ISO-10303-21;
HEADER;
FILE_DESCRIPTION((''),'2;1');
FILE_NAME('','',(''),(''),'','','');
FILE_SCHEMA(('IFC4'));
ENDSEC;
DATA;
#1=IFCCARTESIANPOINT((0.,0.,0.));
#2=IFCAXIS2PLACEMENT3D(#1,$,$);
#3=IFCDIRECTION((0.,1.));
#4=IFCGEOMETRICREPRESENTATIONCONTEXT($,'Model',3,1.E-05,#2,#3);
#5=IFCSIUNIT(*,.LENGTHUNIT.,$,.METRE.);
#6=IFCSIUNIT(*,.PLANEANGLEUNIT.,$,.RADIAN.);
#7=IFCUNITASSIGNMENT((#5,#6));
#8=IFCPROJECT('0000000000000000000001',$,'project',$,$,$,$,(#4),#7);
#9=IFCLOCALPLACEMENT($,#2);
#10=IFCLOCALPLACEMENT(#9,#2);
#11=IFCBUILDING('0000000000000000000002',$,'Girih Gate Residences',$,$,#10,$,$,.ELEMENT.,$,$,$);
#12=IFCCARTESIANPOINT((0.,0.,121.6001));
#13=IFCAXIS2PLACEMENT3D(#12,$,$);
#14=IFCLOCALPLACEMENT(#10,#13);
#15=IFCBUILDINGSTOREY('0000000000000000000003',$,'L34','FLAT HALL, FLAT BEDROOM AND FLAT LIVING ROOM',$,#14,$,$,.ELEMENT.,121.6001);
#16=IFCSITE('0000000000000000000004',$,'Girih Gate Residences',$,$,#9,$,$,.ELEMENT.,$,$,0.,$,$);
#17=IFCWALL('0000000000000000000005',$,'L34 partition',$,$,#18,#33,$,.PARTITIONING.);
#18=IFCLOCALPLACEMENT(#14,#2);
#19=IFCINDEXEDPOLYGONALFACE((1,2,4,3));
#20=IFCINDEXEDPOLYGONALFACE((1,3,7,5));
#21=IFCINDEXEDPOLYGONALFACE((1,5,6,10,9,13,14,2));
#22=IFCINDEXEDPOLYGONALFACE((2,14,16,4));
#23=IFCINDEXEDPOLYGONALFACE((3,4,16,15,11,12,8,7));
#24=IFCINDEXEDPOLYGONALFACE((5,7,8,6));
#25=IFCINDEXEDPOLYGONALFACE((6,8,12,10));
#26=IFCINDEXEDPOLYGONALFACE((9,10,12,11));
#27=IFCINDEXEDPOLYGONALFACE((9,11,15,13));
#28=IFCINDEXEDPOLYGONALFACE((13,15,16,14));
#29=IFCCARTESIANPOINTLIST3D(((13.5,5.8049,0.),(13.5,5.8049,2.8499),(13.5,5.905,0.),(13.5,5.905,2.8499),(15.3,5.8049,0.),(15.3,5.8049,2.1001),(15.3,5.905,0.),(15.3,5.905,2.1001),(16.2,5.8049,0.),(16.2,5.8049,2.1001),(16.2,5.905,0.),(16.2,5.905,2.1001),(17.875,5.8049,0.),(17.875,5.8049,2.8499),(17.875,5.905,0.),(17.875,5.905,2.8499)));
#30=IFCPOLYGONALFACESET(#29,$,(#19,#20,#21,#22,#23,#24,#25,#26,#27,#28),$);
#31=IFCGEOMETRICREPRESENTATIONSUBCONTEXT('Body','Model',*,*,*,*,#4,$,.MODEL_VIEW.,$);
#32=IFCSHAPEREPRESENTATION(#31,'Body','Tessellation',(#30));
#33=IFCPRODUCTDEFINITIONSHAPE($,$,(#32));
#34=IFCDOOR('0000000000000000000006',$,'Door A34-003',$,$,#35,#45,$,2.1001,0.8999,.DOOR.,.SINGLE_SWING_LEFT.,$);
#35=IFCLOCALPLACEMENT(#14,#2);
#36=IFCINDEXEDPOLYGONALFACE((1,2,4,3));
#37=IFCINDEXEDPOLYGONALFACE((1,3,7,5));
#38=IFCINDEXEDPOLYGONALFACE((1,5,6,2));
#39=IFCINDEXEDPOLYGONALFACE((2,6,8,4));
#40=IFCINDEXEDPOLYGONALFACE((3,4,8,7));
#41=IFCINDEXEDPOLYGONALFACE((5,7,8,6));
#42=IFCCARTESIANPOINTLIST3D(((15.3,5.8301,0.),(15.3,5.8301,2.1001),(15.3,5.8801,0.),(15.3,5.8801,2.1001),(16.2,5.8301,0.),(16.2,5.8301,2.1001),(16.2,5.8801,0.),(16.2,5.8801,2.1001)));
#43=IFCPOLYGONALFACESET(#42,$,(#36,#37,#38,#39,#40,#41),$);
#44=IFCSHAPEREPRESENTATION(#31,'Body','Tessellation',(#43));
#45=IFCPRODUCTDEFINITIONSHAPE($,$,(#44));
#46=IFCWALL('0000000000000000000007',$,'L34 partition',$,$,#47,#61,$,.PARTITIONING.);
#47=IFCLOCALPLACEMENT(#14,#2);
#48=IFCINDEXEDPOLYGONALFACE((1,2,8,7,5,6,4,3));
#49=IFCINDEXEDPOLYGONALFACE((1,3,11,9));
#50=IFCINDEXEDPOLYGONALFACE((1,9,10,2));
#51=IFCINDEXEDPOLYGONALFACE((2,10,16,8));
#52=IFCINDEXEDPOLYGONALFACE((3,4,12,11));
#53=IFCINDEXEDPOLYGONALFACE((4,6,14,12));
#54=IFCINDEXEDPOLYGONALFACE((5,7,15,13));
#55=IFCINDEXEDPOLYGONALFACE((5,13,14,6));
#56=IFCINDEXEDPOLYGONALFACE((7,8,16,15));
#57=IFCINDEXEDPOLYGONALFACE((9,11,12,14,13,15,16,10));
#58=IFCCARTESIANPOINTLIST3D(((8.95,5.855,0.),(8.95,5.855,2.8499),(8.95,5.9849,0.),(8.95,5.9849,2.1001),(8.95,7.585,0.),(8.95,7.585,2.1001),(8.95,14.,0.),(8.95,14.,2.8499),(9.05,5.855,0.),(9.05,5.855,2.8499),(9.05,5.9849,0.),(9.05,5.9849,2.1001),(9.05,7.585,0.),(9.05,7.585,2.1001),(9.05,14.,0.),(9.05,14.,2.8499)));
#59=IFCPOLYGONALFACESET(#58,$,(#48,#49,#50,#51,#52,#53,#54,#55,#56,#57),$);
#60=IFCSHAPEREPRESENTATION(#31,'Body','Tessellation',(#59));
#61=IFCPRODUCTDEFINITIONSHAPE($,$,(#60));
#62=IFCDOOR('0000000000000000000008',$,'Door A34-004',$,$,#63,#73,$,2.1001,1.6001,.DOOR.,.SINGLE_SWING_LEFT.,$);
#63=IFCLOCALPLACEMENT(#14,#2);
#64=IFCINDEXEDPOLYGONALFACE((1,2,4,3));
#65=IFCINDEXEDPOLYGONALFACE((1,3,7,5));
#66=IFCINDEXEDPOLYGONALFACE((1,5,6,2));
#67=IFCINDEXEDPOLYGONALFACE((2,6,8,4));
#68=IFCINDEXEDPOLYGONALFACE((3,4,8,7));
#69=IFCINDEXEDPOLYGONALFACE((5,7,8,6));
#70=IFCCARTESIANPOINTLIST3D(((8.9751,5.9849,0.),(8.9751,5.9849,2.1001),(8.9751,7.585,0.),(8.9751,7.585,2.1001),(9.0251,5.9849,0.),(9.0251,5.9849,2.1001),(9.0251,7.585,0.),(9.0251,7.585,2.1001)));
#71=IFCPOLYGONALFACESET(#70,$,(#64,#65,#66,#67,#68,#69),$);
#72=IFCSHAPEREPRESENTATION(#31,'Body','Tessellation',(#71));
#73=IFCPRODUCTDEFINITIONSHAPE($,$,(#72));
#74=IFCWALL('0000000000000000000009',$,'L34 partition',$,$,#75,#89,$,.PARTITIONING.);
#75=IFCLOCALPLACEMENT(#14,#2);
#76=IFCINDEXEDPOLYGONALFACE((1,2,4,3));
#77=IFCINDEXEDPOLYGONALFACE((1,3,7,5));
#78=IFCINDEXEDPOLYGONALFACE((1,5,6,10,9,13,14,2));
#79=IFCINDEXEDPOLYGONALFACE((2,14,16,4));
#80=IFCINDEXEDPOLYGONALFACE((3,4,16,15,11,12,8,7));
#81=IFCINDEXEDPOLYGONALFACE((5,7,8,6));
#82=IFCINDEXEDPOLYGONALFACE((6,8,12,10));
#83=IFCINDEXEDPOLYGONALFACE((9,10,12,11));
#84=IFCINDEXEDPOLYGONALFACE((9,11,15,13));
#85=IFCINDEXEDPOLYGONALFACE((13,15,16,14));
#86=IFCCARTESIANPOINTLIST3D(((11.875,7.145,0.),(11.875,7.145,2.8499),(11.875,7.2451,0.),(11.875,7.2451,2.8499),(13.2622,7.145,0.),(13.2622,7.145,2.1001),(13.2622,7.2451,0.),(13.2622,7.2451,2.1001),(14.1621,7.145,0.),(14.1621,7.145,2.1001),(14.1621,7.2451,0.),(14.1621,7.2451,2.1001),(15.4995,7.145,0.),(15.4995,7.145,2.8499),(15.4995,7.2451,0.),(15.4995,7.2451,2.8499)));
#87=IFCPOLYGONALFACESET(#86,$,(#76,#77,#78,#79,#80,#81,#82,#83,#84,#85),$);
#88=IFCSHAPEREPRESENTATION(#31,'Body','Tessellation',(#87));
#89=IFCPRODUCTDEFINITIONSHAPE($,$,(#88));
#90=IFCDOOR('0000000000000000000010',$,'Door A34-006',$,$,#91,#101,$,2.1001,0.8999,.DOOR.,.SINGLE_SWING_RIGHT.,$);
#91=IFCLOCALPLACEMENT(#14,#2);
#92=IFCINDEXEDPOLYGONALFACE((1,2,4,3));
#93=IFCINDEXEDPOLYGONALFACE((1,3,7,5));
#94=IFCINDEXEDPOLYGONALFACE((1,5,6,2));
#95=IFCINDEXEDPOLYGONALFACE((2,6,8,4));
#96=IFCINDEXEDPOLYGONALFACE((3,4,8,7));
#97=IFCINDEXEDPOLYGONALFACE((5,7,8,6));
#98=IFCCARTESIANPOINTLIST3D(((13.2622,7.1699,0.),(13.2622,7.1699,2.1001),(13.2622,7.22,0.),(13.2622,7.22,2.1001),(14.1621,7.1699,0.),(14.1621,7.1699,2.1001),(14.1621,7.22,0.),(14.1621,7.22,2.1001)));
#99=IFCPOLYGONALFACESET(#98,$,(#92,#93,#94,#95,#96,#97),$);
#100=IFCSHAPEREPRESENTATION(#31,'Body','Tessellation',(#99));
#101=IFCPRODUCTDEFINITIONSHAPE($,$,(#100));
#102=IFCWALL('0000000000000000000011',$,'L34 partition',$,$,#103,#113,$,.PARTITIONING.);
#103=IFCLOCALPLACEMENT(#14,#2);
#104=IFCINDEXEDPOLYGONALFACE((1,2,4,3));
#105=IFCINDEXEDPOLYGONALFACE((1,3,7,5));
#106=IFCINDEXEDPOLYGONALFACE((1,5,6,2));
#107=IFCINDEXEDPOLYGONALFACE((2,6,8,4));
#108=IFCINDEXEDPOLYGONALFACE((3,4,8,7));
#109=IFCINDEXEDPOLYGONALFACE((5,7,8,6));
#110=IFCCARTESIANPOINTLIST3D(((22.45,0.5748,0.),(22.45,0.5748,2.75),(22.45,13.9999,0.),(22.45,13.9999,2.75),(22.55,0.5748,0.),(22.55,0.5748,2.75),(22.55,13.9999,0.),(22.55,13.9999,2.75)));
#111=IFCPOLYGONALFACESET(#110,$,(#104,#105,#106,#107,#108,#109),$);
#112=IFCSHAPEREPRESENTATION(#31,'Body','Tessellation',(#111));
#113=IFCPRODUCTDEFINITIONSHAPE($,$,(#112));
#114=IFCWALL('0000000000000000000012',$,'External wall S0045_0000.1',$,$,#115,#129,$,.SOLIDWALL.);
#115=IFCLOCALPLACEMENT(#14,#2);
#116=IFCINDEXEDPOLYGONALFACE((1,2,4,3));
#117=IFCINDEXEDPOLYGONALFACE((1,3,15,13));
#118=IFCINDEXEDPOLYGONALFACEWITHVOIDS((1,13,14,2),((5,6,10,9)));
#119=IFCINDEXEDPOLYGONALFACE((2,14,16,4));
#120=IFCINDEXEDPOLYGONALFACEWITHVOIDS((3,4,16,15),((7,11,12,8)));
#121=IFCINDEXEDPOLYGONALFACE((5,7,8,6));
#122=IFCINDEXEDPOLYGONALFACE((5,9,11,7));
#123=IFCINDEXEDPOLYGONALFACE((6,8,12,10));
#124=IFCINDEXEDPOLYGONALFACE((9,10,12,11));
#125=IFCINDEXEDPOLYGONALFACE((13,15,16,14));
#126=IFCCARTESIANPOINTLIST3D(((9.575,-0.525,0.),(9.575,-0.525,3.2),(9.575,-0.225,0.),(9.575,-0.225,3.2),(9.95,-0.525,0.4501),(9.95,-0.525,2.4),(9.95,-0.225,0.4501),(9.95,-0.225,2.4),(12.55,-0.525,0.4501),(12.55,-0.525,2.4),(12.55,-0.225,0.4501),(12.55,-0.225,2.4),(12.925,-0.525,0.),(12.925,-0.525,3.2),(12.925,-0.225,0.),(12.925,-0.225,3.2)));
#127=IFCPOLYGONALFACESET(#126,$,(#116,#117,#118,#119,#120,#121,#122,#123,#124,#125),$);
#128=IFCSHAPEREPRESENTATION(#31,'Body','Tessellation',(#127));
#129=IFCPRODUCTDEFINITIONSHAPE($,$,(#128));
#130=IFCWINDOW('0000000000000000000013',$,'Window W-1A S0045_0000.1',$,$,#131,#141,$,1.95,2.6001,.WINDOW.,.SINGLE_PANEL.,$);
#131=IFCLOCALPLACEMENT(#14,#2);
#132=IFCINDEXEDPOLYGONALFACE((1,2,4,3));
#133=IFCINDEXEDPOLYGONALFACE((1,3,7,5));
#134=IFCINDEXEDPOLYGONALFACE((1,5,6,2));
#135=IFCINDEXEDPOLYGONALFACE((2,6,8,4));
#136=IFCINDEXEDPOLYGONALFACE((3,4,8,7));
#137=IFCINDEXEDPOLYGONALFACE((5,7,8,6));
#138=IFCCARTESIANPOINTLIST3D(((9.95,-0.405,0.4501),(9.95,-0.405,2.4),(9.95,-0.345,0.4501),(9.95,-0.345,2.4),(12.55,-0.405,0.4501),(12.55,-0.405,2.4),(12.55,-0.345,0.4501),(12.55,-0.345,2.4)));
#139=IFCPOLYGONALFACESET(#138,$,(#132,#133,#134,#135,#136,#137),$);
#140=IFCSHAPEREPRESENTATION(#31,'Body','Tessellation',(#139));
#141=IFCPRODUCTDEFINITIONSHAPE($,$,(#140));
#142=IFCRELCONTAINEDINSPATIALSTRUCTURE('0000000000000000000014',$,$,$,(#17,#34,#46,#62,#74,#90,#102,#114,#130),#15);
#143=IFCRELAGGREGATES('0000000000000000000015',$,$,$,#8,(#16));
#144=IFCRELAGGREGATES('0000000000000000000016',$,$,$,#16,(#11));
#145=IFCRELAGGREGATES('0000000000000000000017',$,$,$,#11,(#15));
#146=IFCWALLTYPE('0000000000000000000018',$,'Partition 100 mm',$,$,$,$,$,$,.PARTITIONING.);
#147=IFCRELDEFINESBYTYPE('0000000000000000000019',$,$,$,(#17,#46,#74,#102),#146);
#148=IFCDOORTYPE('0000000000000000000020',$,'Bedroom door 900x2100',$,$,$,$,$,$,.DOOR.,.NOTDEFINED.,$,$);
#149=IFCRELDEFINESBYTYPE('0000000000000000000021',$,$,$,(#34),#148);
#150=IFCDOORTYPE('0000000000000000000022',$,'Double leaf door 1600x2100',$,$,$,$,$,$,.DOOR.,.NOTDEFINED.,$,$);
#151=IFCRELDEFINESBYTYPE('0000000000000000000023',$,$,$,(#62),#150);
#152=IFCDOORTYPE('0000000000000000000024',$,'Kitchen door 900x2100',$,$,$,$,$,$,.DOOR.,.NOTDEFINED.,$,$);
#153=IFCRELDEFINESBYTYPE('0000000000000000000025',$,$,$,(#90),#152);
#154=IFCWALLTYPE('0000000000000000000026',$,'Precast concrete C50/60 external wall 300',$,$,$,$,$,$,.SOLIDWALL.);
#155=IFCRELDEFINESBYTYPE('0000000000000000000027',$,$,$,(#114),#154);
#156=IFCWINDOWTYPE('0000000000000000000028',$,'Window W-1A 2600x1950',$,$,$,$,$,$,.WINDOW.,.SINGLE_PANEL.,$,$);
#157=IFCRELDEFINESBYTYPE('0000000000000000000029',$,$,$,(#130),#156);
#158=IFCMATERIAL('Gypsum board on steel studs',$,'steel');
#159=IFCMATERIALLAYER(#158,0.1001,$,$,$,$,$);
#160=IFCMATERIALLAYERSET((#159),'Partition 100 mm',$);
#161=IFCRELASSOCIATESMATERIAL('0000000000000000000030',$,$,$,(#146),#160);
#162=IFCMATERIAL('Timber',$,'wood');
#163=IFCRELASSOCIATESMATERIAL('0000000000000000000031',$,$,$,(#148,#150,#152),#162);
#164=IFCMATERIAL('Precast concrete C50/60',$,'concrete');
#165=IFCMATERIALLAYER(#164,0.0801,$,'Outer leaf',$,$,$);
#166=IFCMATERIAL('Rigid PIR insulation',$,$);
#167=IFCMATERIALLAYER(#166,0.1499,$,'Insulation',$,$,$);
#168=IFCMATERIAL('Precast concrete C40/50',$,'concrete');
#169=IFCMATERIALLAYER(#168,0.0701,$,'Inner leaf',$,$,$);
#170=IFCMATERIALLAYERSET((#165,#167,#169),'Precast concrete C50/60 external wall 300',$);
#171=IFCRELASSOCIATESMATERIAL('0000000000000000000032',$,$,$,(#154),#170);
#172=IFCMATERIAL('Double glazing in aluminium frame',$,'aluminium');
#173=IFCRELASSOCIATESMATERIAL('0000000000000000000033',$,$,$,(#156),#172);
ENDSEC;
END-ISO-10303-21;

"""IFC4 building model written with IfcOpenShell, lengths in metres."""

from ifc_helpers import new_model, si_unit, direction, frame, frame_2d, origin, place, context, subcontext, project, spatial, rectangle, extrude, material, layer, layer_set, type_object, element, fill, save


model = new_model("IFC4")

# Units and contexts
model_context = context("Model", 3, precision=1e-05, world=origin(), true_north=direction((0.0, 1.0)))
body_context = subcontext(model_context, "Body", "Model", "MODEL_VIEW")
ifc_project = project(units=[si_unit("LENGTHUNIT", "METRE"), si_unit("PLANEANGLEUNIT", "RADIAN")], contexts=[model_context])

# Site, building, storey
site_placement = place(None, origin())
site = spatial("IfcSite", under=ifc_project, at=site_placement, Name="Girih Gate Residences", CompositionType="ELEMENT", RefElevation=0.0)
building_placement = place(site_placement, origin())
building = spatial("IfcBuilding", under=site, at=building_placement, Name="Girih Gate Residences", CompositionType="ELEMENT")
storey_placement = place(building_placement, frame((0.0, 0.0, 121.6001)))
storey = spatial("IfcBuildingStorey", under=building, at=storey_placement, Name="L34", Description="FLAT HALL, FLAT BEDROOM AND FLAT LIVING ROOM", CompositionType="ELEMENT", Elevation=121.6001)

# Shared definitions
ifc_material_1 = material(Name="Gypsum board on steel studs", Category="steel")
ifc_layer_1 = layer(ifc_material_1, 0.1001)
ifc_layer_set_1 = layer_set([ifc_layer_1], Name="Partition 100 mm")
wall_type_1 = type_object("IfcWallType", Name="Partition 100 mm", PredefinedType="PARTITIONING", material=ifc_layer_set_1)

# Shared definitions
ifc_material_2 = material(Name="Timber", Category="wood")
door_type_1 = type_object("IfcDoorType", Name="Bedroom door 900x2100", OperationType="NOTDEFINED", PredefinedType="DOOR", material=ifc_material_2)

# Walls, openings, doors
wall_1_placement = place(storey_placement, frame((17.875, 5.855, 0.0), z_axis=(0.0, 0.0, 1.0), x_axis=(-1.0, 0.0, 0.0)))
wall_1 = element("IfcWall", 1, at=wall_1_placement, inside=storey, type_object=wall_type_1, Name="L34 partition", PredefinedType="PARTITIONING", context=body_context, shape_type="SweptSolid", body=[
    extrude(rectangle(XDim=4.375, YDim=0.1001, at=frame_2d((2.1875, 0.0))), origin(), (0.0, 0.0, 1.0), 2.8499),
])
opening_1_placement = place(wall_1_placement, frame((1.675, 0.0, 0.0)))
opening_1 = element("IfcOpeningElement", 2, at=opening_1_placement, cuts=wall_1, PredefinedType="OPENING", context=body_context, shape_type="SweptSolid", body=[
    extrude(rectangle(XDim=0.8999, YDim=2.1001, at=frame_2d((0.45, 1.05))), frame((0.0, 0.0601, 0.0), z_axis=(0.0, -1.0, 0.0), x_axis=(1.0, 0.0, 0.0)), (0.0, 0.0, 1.0), 0.1201),
])
door_1_placement = place(opening_1_placement, origin())
door_1 = element("IfcDoor", 3, at=door_1_placement, inside=storey, type_object=door_type_1, Name="Door A34-003", OperationType="SINGLE_SWING_LEFT", OverallHeight=2.1001, OverallWidth=0.8999, PredefinedType="DOOR", context=body_context, shape_type="SweptSolid", body=[
    extrude(rectangle(XDim=0.8999, YDim=2.1001, at=frame_2d((0.45, 1.05))), frame((0.0, 0.0249, 0.0), z_axis=(0.0, -1.0, 0.0), x_axis=(1.0, 0.0, 0.0)), (0.0, 0.0, 1.0), 0.05),
])
fill(opening_1, door_1)
wall_2_placement = place(storey_placement, frame((9.0, 5.855, 0.0), z_axis=(0.0, 0.0, 1.0), x_axis=(0.0, 1.0, 0.0)))
wall_2 = element("IfcWall", 4, at=wall_2_placement, inside=storey, type_object=wall_type_1, Name="L34 partition", PredefinedType="PARTITIONING", context=body_context, shape_type="SweptSolid", body=[
    extrude(rectangle(XDim=8.145, YDim=0.1001, at=frame_2d((4.0725, 0.0))), origin(), (0.0, 0.0, 1.0), 2.8499),
])
opening_2_placement = place(wall_2_placement, frame((0.1299, 0.0, 0.0)))
opening_2 = element("IfcOpeningElement", 5, at=opening_2_placement, cuts=wall_2, PredefinedType="OPENING", context=body_context, shape_type="SweptSolid", body=[
    extrude(rectangle(XDim=1.6001, YDim=2.1001, at=frame_2d((0.8, 1.05))), frame((0.0, 0.0601, 0.0), z_axis=(0.0, -1.0, 0.0), x_axis=(1.0, 0.0, 0.0)), (0.0, 0.0, 1.0), 0.1201),
])
door_type_2 = type_object("IfcDoorType", Name="Double leaf door 1600x2100", OperationType="NOTDEFINED", PredefinedType="DOOR", material=ifc_material_2)
door_2_placement = place(opening_2_placement, origin())
door_2 = element("IfcDoor", 6, at=door_2_placement, inside=storey, type_object=door_type_2, Name="Door A34-004", OperationType="SINGLE_SWING_LEFT", OverallHeight=2.1001, OverallWidth=1.6001, PredefinedType="DOOR", context=body_context, shape_type="SweptSolid", body=[
    extrude(rectangle(XDim=1.6001, YDim=2.1001, at=frame_2d((0.8, 1.05))), frame((0.0, 0.0249, 0.0), z_axis=(0.0, -1.0, 0.0), x_axis=(1.0, 0.0, 0.0)), (0.0, 0.0, 1.0), 0.05),
])
fill(opening_2, door_2)
wall_3_placement = place(storey_placement, frame((11.875, 7.1951, 0.0), z_axis=(0.0, 0.0, 1.0), x_axis=(1.0, 0.0, 0.0)))
wall_3 = element("IfcWall", 7, at=wall_3_placement, inside=storey, type_object=wall_type_1, Name="L34 partition", PredefinedType="PARTITIONING", context=body_context, shape_type="SweptSolid", body=[
    extrude(rectangle(XDim=3.6245, YDim=0.1001, at=frame_2d((1.8123, 0.0))), origin(), (0.0, 0.0, 1.0), 2.8499),
])
opening_3_placement = place(wall_3_placement, frame((1.3872, 0.0, 0.0)))
opening_3 = element("IfcOpeningElement", 8, at=opening_3_placement, cuts=wall_3, PredefinedType="OPENING", context=body_context, shape_type="SweptSolid", body=[
    extrude(rectangle(XDim=0.8999, YDim=2.1001, at=frame_2d((0.45, 1.05))), frame((0.0, 0.0601, 0.0), z_axis=(0.0, -1.0, 0.0), x_axis=(1.0, 0.0, 0.0)), (0.0, 0.0, 1.0), 0.1201),
])
door_type_3 = type_object("IfcDoorType", Name="Kitchen door 900x2100", OperationType="NOTDEFINED", PredefinedType="DOOR", material=ifc_material_2)
door_3_placement = place(opening_3_placement, origin())
door_3 = element("IfcDoor", 9, at=door_3_placement, inside=storey, type_object=door_type_3, Name="Door A34-006", OperationType="SINGLE_SWING_RIGHT", OverallHeight=2.1001, OverallWidth=0.8999, PredefinedType="DOOR", context=body_context, shape_type="SweptSolid", body=[
    extrude(rectangle(XDim=0.8999, YDim=2.1001, at=frame_2d((0.45, 1.05))), frame((0.0, 0.0249, 0.0), z_axis=(0.0, -1.0, 0.0), x_axis=(1.0, 0.0, 0.0)), (0.0, 0.0, 1.0), 0.05),
])
fill(opening_3, door_3)

# Wall
wall_4_placement = place(storey_placement, frame((22.5, 0.575, 0.0), z_axis=(0.0, 0.0, 1.0), x_axis=(0.0, 1.0, 0.0)))
element("IfcWall", 10, at=wall_4_placement, inside=storey, type_object=wall_type_1, Name="L34 partition", PredefinedType="PARTITIONING", context=body_context, shape_type="SweptSolid", body=[
    extrude(rectangle(XDim=13.425, YDim=0.1001, at=frame_2d((6.7124, 0.0))), origin(), (0.0, 0.0, 1.0), 2.75),
])

# Wall, opening, window
ifc_material_3 = material(Name="Precast concrete C50/60", Category="concrete")
ifc_layer_2 = layer(ifc_material_3, 0.0801, Name="Outer leaf")
ifc_material_4 = material(Name="Rigid PIR insulation")
ifc_layer_3 = layer(ifc_material_4, 0.1499, Name="Insulation")
ifc_material_5 = material(Name="Precast concrete C40/50", Category="concrete")
ifc_layer_4 = layer(ifc_material_5, 0.0701, Name="Inner leaf")
ifc_layer_set_2 = layer_set([ifc_layer_2, ifc_layer_3, ifc_layer_4], Name="Precast concrete C50/60 external wall 300")
wall_type_2 = type_object("IfcWallType", Name="Precast concrete C50/60 external wall 300", PredefinedType="SOLIDWALL", material=ifc_layer_set_2)
wall_5_placement = place(storey_placement, frame((12.925, -0.375, 0.0), z_axis=(0.0, 0.0, 1.0), x_axis=(-1.0, 0.0, 0.0)))
wall_5 = element("IfcWall", 11, at=wall_5_placement, inside=storey, type_object=wall_type_2, Name="External wall S0045_0000.1", PredefinedType="SOLIDWALL", context=body_context, shape_type="SweptSolid", body=[
    extrude(rectangle(XDim=3.3501, YDim=0.3, at=frame_2d((1.675, 0.0))), origin(), (0.0, 0.0, 1.0), 3.2),
])
opening_4_placement = place(wall_5_placement, frame((0.375, 0.0, 0.45)))
opening_4 = element("IfcOpeningElement", 12, at=opening_4_placement, cuts=wall_5, PredefinedType="OPENING", context=body_context, shape_type="SweptSolid", body=[
    extrude(rectangle(XDim=2.6001, YDim=1.95, at=frame_2d((1.3, 0.9751))), frame((0.0, 0.1599, 0.0), z_axis=(0.0, -1.0, 0.0), x_axis=(1.0, 0.0, 0.0)), (0.0, 0.0, 1.0), 0.3201),
])
ifc_material_6 = material(Name="Double glazing in aluminium frame", Category="aluminium")
window_type = type_object("IfcWindowType", Name="Window W-1A 2600x1950", PartitioningType="SINGLE_PANEL", PredefinedType="WINDOW", material=ifc_material_6)
window_1_placement = place(opening_4_placement, origin())
window_1 = element("IfcWindow", 13, at=window_1_placement, inside=storey, type_object=window_type, Name="Window W-1A S0045_0000.1", OverallHeight=1.95, OverallWidth=2.6001, PartitioningType="SINGLE_PANEL", PredefinedType="WINDOW", context=body_context, shape_type="SweptSolid", body=[
    extrude(rectangle(XDim=2.6001, YDim=1.95, at=frame_2d((1.3, 0.9751))), frame((0.0, 0.03, 0.0), z_axis=(0.0, -1.0, 0.0), x_axis=(1.0, 0.0, 0.0)), (0.0, 0.0, 1.0), 0.0601),
])
fill(opening_4, window_1)

save(model, "model.ifc")
